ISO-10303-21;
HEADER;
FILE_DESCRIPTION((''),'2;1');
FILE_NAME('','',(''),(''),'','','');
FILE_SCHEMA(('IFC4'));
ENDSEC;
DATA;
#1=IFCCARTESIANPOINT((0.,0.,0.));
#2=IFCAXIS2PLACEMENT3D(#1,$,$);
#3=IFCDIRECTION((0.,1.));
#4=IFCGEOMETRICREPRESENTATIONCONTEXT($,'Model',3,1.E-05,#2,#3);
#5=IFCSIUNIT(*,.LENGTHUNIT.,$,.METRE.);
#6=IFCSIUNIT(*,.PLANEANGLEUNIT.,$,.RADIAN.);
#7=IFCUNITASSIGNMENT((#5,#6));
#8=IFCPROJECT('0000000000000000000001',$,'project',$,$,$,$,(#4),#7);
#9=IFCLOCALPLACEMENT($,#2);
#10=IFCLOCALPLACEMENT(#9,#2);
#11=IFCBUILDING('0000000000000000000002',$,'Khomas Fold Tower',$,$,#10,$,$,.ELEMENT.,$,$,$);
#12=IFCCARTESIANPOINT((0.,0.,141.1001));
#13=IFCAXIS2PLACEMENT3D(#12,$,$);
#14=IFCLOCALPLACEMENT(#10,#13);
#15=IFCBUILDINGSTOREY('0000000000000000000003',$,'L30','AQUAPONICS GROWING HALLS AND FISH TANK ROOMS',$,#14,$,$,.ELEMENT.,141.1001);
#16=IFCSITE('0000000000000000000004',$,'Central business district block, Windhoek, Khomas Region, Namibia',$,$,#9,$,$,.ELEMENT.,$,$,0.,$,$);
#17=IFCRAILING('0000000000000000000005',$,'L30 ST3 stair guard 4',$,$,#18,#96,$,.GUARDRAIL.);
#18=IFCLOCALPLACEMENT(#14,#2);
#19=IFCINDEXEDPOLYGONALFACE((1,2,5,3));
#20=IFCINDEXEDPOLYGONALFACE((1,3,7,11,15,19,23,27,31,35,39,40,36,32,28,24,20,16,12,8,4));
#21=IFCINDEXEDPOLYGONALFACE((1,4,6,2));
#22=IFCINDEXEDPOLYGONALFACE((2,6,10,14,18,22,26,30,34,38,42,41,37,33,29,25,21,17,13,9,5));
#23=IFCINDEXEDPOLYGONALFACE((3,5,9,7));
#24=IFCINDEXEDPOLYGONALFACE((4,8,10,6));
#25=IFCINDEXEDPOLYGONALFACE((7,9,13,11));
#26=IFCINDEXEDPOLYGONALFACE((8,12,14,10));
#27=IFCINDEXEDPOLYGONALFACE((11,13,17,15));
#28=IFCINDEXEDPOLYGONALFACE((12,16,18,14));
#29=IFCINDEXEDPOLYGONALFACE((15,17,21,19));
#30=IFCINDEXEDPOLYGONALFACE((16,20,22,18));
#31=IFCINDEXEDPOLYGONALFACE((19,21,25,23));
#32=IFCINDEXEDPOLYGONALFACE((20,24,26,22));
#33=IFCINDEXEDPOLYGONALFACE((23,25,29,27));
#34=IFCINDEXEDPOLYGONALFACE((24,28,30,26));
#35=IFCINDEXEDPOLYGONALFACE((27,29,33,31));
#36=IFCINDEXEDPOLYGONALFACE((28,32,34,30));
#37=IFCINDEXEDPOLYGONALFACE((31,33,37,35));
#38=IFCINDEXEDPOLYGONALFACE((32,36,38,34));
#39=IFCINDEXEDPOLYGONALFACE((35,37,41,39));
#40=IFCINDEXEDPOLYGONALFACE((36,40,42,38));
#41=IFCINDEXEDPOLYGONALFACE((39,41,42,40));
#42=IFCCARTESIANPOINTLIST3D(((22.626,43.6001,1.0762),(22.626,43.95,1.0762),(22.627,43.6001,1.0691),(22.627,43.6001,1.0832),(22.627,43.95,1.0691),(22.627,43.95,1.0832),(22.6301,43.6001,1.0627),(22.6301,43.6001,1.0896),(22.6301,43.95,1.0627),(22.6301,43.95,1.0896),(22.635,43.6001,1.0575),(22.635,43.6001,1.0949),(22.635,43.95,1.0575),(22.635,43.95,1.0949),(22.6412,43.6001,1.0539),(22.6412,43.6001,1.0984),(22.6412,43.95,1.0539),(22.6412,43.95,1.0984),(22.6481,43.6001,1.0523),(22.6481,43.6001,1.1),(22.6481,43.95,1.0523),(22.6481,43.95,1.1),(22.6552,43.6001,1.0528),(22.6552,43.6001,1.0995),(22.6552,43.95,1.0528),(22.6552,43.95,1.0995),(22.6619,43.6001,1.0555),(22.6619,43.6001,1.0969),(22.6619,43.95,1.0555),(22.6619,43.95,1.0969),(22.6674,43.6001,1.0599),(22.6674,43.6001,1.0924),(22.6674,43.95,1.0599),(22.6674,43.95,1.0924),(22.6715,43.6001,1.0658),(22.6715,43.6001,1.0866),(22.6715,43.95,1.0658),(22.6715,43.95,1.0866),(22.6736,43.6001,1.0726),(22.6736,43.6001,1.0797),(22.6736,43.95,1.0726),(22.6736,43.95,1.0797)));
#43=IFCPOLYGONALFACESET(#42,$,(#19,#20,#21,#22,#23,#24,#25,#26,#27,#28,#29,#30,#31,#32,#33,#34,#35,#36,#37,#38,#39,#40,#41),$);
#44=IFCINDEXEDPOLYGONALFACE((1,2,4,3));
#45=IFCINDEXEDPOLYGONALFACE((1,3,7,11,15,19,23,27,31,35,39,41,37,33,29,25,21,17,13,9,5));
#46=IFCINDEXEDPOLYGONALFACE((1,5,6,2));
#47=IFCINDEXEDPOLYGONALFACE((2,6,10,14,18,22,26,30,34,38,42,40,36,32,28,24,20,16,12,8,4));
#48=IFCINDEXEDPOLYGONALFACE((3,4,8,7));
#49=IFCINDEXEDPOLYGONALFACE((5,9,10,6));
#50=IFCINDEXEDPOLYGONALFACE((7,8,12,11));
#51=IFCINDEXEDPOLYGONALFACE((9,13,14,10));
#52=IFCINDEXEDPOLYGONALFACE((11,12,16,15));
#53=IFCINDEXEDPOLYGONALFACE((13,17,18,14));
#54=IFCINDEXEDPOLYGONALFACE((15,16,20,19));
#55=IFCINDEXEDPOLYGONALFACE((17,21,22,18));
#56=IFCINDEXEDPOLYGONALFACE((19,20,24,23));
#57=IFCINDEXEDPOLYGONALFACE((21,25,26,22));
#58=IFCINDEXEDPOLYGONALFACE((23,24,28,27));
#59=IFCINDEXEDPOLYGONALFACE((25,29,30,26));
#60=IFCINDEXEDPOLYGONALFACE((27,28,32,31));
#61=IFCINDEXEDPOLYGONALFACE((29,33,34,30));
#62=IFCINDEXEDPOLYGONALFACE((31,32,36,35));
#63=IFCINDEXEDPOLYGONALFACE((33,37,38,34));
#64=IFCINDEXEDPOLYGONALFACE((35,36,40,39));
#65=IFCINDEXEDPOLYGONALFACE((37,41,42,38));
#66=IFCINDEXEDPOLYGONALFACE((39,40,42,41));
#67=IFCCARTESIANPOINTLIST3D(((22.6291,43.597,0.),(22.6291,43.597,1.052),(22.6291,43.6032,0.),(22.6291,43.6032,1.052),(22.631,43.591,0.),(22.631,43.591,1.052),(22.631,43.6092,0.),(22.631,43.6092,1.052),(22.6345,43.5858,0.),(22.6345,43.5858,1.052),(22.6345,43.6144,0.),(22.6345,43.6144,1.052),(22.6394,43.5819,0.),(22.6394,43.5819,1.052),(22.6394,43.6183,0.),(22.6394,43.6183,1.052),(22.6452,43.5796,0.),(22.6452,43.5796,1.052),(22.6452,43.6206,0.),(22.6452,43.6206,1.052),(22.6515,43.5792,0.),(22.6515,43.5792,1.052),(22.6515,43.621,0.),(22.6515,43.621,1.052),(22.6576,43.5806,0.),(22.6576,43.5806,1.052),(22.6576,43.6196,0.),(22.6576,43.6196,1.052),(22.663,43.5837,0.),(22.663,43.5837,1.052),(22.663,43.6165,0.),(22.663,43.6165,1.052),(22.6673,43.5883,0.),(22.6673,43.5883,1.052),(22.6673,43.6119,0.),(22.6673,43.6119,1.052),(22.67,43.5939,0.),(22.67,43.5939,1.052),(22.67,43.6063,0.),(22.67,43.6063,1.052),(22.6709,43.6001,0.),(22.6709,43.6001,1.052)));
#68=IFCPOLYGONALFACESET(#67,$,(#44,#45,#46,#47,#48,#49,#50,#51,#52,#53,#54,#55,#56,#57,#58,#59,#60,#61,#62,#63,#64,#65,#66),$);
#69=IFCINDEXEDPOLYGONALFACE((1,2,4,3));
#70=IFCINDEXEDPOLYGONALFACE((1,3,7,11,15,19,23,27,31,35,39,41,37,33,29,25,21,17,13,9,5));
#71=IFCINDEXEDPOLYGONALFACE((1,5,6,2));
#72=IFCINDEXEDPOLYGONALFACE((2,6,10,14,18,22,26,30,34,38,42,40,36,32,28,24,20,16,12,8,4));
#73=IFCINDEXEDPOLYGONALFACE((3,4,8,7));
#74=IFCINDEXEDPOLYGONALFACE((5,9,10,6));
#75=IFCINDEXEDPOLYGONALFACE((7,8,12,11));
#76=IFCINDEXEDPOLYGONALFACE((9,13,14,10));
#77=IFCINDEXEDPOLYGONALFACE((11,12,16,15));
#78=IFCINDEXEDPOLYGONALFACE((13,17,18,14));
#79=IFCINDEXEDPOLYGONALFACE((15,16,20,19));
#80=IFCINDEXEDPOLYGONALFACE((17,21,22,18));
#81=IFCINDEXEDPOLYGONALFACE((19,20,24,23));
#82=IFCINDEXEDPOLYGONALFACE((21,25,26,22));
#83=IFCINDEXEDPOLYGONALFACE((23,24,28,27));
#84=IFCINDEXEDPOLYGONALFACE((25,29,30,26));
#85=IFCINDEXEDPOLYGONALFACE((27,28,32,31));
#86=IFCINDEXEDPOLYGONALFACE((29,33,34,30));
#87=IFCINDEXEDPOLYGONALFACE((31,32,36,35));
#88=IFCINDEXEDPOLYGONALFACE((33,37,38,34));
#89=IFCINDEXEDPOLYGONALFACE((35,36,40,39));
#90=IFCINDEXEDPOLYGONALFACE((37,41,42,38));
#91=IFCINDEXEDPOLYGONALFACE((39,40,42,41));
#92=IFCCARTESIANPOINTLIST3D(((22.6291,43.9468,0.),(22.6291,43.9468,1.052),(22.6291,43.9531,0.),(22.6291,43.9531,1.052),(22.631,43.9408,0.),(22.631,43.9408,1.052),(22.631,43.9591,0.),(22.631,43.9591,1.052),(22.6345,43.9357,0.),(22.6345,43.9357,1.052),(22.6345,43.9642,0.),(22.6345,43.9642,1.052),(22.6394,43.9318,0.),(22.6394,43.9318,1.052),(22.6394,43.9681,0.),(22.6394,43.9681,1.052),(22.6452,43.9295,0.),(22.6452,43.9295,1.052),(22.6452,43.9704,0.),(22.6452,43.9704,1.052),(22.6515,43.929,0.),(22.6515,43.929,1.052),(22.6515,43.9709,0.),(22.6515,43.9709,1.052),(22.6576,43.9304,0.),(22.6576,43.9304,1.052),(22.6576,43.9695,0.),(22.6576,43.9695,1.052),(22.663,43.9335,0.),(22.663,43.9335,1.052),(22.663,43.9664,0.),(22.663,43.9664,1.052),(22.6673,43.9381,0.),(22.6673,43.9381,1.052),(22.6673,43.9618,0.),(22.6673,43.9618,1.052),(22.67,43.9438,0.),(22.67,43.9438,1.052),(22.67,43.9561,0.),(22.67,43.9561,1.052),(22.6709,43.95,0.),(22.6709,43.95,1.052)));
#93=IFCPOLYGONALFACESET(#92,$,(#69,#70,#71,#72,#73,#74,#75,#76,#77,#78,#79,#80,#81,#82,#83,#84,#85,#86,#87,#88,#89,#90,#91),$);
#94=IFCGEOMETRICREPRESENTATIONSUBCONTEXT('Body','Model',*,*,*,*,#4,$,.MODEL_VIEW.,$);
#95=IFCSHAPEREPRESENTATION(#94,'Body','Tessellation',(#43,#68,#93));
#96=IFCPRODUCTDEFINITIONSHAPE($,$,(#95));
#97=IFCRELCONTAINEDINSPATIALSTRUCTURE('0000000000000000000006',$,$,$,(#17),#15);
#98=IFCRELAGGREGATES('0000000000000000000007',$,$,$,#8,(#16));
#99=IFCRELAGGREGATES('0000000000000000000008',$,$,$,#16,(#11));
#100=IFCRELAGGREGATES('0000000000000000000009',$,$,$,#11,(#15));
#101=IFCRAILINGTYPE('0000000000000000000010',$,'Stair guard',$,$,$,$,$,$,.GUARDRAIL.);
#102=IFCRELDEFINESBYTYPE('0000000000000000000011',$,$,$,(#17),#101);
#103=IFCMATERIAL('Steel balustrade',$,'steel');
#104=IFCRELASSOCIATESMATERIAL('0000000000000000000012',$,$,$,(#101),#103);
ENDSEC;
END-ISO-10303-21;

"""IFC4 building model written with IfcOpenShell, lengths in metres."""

from ifc_helpers import new_model, si_unit, direction, frame, origin, origin_2d, place, context, subcontext, project, spatial, circle, extrude, source, transform, mapped, material, type_object, element, save


model = new_model("IFC4")

# Units and contexts
model_context = context("Model", 3, precision=1e-05, world=origin(), true_north=direction((0.0, 1.0)))
body_context = subcontext(model_context, "Body", "Model", "MODEL_VIEW")
ifc_project = project(units=[si_unit("LENGTHUNIT", "METRE"), si_unit("PLANEANGLEUNIT", "RADIAN")], contexts=[model_context])

# Site, building, storey
site_placement = place(None, origin())
site = spatial("IfcSite", under=ifc_project, at=site_placement, Name="Central business district block, Windhoek, Khomas Region, Namibia", CompositionType="ELEMENT", RefElevation=0.0)
building_placement = place(site_placement, origin())
building = spatial("IfcBuilding", under=site, at=building_placement, Name="Khomas Fold Tower", CompositionType="ELEMENT")
storey_placement = place(building_placement, frame((0.0, 0.0, 141.1001)))
storey = spatial("IfcBuildingStorey", under=building, at=storey_placement, Name="L30", Description="AQUAPONICS GROWING HALLS AND FISH TANK ROOMS", CompositionType="ELEMENT", Elevation=141.1001)

# Railing
ifc_material_1 = material(Name="Steel balustrade", Category="steel")
railing_type_1 = type_object("IfcRailingType", Name="Stair guard", PredefinedType="GUARDRAIL", material=ifc_material_1)
shared_shape_1 = source(origin(), body_context, "Body", "SweptSolid", [
    extrude(circle(Radius=0.0239, at=origin_2d()), frame((0.0, 0.0, 1.0762), z_axis=(0.0, 1.0, 0.0), x_axis=(-1.0, 0.0, 0.0)), (0.0, 0.0, 1.0), 0.3499),
    extrude(circle(Radius=0.021, at=origin_2d()), origin(), (0.0, 0.0, 1.0), 1.052),
    extrude(circle(Radius=0.021, at=origin_2d()), frame((0.0, 0.3499, 0.0)), (0.0, 0.0, 1.0), 1.052),
])
for number, where, name in (
    (1, (22.6499, 43.6001, 0.0), "L30 ST3 stair guard 4"),
):
    element("IfcRailing", number, at=place(storey_placement, frame(where)), inside=storey, type_object=railing_type_1, Name=name, PredefinedType="GUARDRAIL", context=body_context, shape_type="MappedRepresentation", body=[
        mapped(shared_shape_1, transform((0.0, 0.0, 0.0))),
    ])

save(model, "model.ifc")
